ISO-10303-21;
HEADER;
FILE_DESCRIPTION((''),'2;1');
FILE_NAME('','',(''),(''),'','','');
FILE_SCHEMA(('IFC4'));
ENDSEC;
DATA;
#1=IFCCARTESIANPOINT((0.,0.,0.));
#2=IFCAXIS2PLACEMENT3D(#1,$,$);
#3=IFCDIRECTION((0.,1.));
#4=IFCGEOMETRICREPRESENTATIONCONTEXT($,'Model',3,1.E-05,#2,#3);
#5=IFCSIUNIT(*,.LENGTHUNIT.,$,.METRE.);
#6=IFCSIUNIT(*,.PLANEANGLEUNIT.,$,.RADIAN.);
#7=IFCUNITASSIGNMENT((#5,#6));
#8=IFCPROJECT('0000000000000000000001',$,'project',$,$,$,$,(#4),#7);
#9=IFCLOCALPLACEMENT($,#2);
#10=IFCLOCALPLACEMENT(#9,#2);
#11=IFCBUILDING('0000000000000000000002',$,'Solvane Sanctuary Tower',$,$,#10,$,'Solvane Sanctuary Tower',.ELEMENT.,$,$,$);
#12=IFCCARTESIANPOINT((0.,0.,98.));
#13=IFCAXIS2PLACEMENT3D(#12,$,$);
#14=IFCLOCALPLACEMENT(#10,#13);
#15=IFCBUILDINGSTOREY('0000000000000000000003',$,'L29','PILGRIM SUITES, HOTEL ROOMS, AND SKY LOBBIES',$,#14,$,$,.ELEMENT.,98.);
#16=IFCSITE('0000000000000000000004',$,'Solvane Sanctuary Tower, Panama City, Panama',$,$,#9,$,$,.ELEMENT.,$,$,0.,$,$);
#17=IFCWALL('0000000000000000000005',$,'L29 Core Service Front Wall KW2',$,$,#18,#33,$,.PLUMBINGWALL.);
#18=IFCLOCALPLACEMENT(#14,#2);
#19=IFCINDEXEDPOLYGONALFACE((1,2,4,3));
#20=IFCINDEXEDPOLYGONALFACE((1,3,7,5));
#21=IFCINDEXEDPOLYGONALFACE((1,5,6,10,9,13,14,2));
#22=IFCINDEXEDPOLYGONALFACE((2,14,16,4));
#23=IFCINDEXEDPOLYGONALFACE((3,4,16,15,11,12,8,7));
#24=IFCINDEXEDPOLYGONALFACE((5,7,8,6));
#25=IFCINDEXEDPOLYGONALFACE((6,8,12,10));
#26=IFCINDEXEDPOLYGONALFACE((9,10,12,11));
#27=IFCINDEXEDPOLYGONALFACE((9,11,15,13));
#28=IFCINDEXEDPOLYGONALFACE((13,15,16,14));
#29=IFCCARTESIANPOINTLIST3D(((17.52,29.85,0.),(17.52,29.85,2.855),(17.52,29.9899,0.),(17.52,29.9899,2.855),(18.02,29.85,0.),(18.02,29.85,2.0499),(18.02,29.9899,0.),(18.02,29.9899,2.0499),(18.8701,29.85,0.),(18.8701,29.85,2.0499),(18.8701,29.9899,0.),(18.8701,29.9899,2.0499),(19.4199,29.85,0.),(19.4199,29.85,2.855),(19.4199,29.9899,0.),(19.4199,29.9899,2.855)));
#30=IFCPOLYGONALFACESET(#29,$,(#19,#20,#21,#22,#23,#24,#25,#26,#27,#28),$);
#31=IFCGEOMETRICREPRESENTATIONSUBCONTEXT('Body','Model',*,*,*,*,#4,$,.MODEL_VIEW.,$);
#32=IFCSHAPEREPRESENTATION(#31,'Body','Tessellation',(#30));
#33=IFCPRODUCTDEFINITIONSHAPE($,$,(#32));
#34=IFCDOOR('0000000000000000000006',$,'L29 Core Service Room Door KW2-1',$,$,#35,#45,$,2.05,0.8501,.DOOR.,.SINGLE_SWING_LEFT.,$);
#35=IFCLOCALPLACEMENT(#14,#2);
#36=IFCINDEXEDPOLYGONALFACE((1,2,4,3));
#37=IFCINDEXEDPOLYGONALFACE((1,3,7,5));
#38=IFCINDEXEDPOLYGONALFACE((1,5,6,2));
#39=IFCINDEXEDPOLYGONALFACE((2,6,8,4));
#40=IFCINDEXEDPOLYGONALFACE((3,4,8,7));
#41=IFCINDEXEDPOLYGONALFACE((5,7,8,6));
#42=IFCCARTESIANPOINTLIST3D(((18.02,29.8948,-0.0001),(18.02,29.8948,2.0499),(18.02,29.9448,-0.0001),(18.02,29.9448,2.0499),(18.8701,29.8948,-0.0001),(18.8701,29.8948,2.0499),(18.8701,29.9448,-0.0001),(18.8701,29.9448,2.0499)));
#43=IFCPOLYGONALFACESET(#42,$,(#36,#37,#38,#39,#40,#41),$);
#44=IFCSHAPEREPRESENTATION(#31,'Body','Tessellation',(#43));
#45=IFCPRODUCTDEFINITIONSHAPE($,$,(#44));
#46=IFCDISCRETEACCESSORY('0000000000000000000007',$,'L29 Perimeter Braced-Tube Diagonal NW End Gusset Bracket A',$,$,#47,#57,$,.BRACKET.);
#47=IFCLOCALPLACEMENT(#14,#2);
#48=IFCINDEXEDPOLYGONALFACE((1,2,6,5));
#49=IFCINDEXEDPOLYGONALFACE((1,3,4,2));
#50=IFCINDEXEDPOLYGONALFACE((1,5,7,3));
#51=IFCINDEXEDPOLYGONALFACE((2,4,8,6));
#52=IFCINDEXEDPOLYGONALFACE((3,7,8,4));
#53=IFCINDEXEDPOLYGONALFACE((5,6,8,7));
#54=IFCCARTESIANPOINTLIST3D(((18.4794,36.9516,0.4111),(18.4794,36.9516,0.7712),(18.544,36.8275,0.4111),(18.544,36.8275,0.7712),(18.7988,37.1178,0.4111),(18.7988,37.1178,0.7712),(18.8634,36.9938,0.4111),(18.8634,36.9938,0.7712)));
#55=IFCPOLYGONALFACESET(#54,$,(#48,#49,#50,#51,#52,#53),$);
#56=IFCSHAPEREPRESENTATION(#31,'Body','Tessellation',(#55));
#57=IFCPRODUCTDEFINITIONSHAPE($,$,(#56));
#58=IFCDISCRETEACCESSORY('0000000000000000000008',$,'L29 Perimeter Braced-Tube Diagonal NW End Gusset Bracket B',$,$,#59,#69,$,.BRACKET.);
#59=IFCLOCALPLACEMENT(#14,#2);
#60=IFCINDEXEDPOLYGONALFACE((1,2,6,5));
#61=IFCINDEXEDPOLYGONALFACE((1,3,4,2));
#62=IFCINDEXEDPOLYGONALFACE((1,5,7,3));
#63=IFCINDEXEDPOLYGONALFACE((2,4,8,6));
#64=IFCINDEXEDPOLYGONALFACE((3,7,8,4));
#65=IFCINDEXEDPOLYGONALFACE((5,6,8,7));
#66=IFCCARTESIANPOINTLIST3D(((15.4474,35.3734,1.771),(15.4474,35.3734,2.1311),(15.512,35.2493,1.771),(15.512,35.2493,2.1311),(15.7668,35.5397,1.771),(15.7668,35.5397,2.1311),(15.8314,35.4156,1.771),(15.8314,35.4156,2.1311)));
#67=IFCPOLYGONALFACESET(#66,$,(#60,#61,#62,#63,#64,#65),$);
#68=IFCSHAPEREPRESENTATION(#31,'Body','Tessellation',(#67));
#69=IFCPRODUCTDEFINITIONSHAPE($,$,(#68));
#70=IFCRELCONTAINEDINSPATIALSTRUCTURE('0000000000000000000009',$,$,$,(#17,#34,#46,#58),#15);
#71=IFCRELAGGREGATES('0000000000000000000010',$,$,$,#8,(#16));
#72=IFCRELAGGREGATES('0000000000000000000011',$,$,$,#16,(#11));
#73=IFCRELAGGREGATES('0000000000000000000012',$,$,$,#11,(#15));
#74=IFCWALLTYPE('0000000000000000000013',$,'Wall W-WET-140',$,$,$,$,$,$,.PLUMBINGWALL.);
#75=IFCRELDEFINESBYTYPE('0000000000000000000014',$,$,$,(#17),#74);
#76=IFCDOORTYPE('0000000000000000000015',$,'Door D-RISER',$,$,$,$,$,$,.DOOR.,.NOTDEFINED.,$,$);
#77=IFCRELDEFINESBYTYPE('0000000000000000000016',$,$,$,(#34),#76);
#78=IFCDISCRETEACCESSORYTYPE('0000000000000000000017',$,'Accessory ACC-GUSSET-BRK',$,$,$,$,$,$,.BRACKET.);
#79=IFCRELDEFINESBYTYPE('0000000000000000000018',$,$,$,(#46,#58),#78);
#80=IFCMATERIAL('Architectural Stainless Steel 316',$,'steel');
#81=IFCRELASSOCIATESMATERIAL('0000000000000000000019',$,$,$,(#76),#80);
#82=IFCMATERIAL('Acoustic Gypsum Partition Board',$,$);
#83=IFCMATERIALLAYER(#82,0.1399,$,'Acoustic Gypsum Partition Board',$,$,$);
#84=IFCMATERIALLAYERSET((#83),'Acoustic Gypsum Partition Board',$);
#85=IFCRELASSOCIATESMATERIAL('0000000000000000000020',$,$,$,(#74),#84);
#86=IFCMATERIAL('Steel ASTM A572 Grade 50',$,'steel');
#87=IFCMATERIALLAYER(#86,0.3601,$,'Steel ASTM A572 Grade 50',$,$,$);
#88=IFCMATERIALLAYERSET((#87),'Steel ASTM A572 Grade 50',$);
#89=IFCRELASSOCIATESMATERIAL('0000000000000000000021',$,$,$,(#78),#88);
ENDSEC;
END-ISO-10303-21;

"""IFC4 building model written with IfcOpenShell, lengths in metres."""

from ifc_helpers import new_model, si_unit, direction, frame, frame_2d, origin, origin_2d, place, context, subcontext, project, spatial, rectangle, extrude, material, layer, layer_set, type_object, element, fill, save


model = new_model("IFC4")

# Units and contexts
model_context = context("Model", 3, precision=1e-05, world=origin(), true_north=direction((0.0, 1.0)))
body_context = subcontext(model_context, "Body", "Model", "MODEL_VIEW")
ifc_project = project(units=[si_unit("LENGTHUNIT", "METRE"), si_unit("PLANEANGLEUNIT", "RADIAN")], contexts=[model_context])

# Site, building, storey
site_placement = place(None, origin())
site = spatial("IfcSite", under=ifc_project, at=site_placement, Name="Solvane Sanctuary Tower, Panama City, Panama", CompositionType="ELEMENT", RefElevation=0.0)
building_placement = place(site_placement, origin())
building = spatial("IfcBuilding", under=site, at=building_placement, Name="Solvane Sanctuary Tower", LongName="Solvane Sanctuary Tower", CompositionType="ELEMENT")
storey_placement = place(building_placement, frame((0.0, 0.0, 98.0)))
storey = spatial("IfcBuildingStorey", under=building, at=storey_placement, Name="L29", Description="PILGRIM SUITES, HOTEL ROOMS, AND SKY LOBBIES", CompositionType="ELEMENT", Elevation=98.0)

# Shared definitions
ifc_material_1 = material(Name="Acoustic Gypsum Partition Board")

# Shared definitions
ifc_material_2 = material(Name="Architectural Stainless Steel 316", Category="steel")
door_type_1 = type_object("IfcDoorType", Name="Door D-RISER", OperationType="NOTDEFINED", PredefinedType="DOOR", material=ifc_material_2)

# Wall, opening, door
ifc_layer_1 = layer(ifc_material_1, 0.1399, Name="Acoustic Gypsum Partition Board")
ifc_layer_set_1 = layer_set([ifc_layer_1], Name="Acoustic Gypsum Partition Board")
wall_type_1 = type_object("IfcWallType", Name="Wall W-WET-140", PredefinedType="PLUMBINGWALL", material=ifc_layer_set_1)
wall_1_placement = place(storey_placement, frame((17.52, 29.9199, 0.0), z_axis=(0.0, 0.0, 1.0), x_axis=(1.0, 0.0, 0.0)))
wall_1 = element("IfcWall", 1, at=wall_1_placement, inside=storey, type_object=wall_type_1, Name="L29 Core Service Front Wall KW2", PredefinedType="PLUMBINGWALL", context=body_context, shape_type="SweptSolid", body=[
    extrude(rectangle(XDim=1.8999, YDim=0.1399, at=frame_2d((0.95, 0.0))), origin(), (0.0, 0.0, 1.0), 2.855),
])
opening_1_placement = place(wall_1_placement, frame((0.5, 0.0, 0.0)))
opening_1 = element("IfcOpeningElement", 2, at=opening_1_placement, cuts=wall_1, PredefinedType="OPENING", context=body_context, shape_type="SweptSolid", body=[
    extrude(rectangle(XDim=0.8501, YDim=2.05, at=frame_2d((0.425, 1.0249))), frame((0.0, 0.0798, 0.0), z_axis=(0.0, -1.0, 0.0), x_axis=(1.0, 0.0, 0.0)), (0.0, 0.0, 1.0), 0.1599),
])
door_1_placement = place(opening_1_placement, origin())
door_1 = element("IfcDoor", 3, at=door_1_placement, inside=storey, type_object=door_type_1, Name="L29 Core Service Room Door KW2-1", OperationType="SINGLE_SWING_LEFT", OverallHeight=2.05, OverallWidth=0.8501, PredefinedType="DOOR", context=body_context, shape_type="SweptSolid", body=[
    extrude(rectangle(XDim=0.8501, YDim=2.05, at=frame_2d((0.425, 1.0249))), frame((0.0, 0.0249, 0.0), z_axis=(0.0, -1.0, 0.0), x_axis=(1.0, 0.0, 0.0)), (0.0, 0.0, 1.0), 0.05),
])
fill(opening_1, door_1)

# Discrete accessories
ifc_material_3 = material(Name="Steel ASTM A572 Grade 50", Category="steel")
ifc_layer_2 = layer(ifc_material_3, 0.3601, Name="Steel ASTM A572 Grade 50")
ifc_layer_set_2 = layer_set([ifc_layer_2], Name="Steel ASTM A572 Grade 50")
discrete_accessory_type = type_object("IfcDiscreteAccessoryType", Name="Accessory ACC-GUSSET-BRK", PredefinedType="BRACKET", material=ifc_layer_set_2)
for number, where, z_axis, x_axis, name in (
    (4, (18.6714, 36.9727, 0.4111), (0.0, 0.0, 1.0), (-0.887011, -0.461749, 0.0), "L29 Perimeter Braced-Tube Diagonal NW End Gusset Bracket A"),
    (5, (15.6394, 35.3945, 1.771), (0.0, 0.0, 1.0), (-0.887011, -0.461749, 0.0), "L29 Perimeter Braced-Tube Diagonal NW End Gusset Bracket B"),
):
    element("IfcDiscreteAccessory", number, at=place(storey_placement, frame(where, z_axis=z_axis, x_axis=x_axis)), inside=storey, type_object=discrete_accessory_type, Name=name, PredefinedType="BRACKET", context=body_context, shape_type="SweptSolid", body=[
        extrude(rectangle(XDim=0.3601, YDim=0.1399, at=origin_2d()), origin(), (0.0, 0.0, 1.0), 0.3601),
    ])

save(model, "model.ifc")
